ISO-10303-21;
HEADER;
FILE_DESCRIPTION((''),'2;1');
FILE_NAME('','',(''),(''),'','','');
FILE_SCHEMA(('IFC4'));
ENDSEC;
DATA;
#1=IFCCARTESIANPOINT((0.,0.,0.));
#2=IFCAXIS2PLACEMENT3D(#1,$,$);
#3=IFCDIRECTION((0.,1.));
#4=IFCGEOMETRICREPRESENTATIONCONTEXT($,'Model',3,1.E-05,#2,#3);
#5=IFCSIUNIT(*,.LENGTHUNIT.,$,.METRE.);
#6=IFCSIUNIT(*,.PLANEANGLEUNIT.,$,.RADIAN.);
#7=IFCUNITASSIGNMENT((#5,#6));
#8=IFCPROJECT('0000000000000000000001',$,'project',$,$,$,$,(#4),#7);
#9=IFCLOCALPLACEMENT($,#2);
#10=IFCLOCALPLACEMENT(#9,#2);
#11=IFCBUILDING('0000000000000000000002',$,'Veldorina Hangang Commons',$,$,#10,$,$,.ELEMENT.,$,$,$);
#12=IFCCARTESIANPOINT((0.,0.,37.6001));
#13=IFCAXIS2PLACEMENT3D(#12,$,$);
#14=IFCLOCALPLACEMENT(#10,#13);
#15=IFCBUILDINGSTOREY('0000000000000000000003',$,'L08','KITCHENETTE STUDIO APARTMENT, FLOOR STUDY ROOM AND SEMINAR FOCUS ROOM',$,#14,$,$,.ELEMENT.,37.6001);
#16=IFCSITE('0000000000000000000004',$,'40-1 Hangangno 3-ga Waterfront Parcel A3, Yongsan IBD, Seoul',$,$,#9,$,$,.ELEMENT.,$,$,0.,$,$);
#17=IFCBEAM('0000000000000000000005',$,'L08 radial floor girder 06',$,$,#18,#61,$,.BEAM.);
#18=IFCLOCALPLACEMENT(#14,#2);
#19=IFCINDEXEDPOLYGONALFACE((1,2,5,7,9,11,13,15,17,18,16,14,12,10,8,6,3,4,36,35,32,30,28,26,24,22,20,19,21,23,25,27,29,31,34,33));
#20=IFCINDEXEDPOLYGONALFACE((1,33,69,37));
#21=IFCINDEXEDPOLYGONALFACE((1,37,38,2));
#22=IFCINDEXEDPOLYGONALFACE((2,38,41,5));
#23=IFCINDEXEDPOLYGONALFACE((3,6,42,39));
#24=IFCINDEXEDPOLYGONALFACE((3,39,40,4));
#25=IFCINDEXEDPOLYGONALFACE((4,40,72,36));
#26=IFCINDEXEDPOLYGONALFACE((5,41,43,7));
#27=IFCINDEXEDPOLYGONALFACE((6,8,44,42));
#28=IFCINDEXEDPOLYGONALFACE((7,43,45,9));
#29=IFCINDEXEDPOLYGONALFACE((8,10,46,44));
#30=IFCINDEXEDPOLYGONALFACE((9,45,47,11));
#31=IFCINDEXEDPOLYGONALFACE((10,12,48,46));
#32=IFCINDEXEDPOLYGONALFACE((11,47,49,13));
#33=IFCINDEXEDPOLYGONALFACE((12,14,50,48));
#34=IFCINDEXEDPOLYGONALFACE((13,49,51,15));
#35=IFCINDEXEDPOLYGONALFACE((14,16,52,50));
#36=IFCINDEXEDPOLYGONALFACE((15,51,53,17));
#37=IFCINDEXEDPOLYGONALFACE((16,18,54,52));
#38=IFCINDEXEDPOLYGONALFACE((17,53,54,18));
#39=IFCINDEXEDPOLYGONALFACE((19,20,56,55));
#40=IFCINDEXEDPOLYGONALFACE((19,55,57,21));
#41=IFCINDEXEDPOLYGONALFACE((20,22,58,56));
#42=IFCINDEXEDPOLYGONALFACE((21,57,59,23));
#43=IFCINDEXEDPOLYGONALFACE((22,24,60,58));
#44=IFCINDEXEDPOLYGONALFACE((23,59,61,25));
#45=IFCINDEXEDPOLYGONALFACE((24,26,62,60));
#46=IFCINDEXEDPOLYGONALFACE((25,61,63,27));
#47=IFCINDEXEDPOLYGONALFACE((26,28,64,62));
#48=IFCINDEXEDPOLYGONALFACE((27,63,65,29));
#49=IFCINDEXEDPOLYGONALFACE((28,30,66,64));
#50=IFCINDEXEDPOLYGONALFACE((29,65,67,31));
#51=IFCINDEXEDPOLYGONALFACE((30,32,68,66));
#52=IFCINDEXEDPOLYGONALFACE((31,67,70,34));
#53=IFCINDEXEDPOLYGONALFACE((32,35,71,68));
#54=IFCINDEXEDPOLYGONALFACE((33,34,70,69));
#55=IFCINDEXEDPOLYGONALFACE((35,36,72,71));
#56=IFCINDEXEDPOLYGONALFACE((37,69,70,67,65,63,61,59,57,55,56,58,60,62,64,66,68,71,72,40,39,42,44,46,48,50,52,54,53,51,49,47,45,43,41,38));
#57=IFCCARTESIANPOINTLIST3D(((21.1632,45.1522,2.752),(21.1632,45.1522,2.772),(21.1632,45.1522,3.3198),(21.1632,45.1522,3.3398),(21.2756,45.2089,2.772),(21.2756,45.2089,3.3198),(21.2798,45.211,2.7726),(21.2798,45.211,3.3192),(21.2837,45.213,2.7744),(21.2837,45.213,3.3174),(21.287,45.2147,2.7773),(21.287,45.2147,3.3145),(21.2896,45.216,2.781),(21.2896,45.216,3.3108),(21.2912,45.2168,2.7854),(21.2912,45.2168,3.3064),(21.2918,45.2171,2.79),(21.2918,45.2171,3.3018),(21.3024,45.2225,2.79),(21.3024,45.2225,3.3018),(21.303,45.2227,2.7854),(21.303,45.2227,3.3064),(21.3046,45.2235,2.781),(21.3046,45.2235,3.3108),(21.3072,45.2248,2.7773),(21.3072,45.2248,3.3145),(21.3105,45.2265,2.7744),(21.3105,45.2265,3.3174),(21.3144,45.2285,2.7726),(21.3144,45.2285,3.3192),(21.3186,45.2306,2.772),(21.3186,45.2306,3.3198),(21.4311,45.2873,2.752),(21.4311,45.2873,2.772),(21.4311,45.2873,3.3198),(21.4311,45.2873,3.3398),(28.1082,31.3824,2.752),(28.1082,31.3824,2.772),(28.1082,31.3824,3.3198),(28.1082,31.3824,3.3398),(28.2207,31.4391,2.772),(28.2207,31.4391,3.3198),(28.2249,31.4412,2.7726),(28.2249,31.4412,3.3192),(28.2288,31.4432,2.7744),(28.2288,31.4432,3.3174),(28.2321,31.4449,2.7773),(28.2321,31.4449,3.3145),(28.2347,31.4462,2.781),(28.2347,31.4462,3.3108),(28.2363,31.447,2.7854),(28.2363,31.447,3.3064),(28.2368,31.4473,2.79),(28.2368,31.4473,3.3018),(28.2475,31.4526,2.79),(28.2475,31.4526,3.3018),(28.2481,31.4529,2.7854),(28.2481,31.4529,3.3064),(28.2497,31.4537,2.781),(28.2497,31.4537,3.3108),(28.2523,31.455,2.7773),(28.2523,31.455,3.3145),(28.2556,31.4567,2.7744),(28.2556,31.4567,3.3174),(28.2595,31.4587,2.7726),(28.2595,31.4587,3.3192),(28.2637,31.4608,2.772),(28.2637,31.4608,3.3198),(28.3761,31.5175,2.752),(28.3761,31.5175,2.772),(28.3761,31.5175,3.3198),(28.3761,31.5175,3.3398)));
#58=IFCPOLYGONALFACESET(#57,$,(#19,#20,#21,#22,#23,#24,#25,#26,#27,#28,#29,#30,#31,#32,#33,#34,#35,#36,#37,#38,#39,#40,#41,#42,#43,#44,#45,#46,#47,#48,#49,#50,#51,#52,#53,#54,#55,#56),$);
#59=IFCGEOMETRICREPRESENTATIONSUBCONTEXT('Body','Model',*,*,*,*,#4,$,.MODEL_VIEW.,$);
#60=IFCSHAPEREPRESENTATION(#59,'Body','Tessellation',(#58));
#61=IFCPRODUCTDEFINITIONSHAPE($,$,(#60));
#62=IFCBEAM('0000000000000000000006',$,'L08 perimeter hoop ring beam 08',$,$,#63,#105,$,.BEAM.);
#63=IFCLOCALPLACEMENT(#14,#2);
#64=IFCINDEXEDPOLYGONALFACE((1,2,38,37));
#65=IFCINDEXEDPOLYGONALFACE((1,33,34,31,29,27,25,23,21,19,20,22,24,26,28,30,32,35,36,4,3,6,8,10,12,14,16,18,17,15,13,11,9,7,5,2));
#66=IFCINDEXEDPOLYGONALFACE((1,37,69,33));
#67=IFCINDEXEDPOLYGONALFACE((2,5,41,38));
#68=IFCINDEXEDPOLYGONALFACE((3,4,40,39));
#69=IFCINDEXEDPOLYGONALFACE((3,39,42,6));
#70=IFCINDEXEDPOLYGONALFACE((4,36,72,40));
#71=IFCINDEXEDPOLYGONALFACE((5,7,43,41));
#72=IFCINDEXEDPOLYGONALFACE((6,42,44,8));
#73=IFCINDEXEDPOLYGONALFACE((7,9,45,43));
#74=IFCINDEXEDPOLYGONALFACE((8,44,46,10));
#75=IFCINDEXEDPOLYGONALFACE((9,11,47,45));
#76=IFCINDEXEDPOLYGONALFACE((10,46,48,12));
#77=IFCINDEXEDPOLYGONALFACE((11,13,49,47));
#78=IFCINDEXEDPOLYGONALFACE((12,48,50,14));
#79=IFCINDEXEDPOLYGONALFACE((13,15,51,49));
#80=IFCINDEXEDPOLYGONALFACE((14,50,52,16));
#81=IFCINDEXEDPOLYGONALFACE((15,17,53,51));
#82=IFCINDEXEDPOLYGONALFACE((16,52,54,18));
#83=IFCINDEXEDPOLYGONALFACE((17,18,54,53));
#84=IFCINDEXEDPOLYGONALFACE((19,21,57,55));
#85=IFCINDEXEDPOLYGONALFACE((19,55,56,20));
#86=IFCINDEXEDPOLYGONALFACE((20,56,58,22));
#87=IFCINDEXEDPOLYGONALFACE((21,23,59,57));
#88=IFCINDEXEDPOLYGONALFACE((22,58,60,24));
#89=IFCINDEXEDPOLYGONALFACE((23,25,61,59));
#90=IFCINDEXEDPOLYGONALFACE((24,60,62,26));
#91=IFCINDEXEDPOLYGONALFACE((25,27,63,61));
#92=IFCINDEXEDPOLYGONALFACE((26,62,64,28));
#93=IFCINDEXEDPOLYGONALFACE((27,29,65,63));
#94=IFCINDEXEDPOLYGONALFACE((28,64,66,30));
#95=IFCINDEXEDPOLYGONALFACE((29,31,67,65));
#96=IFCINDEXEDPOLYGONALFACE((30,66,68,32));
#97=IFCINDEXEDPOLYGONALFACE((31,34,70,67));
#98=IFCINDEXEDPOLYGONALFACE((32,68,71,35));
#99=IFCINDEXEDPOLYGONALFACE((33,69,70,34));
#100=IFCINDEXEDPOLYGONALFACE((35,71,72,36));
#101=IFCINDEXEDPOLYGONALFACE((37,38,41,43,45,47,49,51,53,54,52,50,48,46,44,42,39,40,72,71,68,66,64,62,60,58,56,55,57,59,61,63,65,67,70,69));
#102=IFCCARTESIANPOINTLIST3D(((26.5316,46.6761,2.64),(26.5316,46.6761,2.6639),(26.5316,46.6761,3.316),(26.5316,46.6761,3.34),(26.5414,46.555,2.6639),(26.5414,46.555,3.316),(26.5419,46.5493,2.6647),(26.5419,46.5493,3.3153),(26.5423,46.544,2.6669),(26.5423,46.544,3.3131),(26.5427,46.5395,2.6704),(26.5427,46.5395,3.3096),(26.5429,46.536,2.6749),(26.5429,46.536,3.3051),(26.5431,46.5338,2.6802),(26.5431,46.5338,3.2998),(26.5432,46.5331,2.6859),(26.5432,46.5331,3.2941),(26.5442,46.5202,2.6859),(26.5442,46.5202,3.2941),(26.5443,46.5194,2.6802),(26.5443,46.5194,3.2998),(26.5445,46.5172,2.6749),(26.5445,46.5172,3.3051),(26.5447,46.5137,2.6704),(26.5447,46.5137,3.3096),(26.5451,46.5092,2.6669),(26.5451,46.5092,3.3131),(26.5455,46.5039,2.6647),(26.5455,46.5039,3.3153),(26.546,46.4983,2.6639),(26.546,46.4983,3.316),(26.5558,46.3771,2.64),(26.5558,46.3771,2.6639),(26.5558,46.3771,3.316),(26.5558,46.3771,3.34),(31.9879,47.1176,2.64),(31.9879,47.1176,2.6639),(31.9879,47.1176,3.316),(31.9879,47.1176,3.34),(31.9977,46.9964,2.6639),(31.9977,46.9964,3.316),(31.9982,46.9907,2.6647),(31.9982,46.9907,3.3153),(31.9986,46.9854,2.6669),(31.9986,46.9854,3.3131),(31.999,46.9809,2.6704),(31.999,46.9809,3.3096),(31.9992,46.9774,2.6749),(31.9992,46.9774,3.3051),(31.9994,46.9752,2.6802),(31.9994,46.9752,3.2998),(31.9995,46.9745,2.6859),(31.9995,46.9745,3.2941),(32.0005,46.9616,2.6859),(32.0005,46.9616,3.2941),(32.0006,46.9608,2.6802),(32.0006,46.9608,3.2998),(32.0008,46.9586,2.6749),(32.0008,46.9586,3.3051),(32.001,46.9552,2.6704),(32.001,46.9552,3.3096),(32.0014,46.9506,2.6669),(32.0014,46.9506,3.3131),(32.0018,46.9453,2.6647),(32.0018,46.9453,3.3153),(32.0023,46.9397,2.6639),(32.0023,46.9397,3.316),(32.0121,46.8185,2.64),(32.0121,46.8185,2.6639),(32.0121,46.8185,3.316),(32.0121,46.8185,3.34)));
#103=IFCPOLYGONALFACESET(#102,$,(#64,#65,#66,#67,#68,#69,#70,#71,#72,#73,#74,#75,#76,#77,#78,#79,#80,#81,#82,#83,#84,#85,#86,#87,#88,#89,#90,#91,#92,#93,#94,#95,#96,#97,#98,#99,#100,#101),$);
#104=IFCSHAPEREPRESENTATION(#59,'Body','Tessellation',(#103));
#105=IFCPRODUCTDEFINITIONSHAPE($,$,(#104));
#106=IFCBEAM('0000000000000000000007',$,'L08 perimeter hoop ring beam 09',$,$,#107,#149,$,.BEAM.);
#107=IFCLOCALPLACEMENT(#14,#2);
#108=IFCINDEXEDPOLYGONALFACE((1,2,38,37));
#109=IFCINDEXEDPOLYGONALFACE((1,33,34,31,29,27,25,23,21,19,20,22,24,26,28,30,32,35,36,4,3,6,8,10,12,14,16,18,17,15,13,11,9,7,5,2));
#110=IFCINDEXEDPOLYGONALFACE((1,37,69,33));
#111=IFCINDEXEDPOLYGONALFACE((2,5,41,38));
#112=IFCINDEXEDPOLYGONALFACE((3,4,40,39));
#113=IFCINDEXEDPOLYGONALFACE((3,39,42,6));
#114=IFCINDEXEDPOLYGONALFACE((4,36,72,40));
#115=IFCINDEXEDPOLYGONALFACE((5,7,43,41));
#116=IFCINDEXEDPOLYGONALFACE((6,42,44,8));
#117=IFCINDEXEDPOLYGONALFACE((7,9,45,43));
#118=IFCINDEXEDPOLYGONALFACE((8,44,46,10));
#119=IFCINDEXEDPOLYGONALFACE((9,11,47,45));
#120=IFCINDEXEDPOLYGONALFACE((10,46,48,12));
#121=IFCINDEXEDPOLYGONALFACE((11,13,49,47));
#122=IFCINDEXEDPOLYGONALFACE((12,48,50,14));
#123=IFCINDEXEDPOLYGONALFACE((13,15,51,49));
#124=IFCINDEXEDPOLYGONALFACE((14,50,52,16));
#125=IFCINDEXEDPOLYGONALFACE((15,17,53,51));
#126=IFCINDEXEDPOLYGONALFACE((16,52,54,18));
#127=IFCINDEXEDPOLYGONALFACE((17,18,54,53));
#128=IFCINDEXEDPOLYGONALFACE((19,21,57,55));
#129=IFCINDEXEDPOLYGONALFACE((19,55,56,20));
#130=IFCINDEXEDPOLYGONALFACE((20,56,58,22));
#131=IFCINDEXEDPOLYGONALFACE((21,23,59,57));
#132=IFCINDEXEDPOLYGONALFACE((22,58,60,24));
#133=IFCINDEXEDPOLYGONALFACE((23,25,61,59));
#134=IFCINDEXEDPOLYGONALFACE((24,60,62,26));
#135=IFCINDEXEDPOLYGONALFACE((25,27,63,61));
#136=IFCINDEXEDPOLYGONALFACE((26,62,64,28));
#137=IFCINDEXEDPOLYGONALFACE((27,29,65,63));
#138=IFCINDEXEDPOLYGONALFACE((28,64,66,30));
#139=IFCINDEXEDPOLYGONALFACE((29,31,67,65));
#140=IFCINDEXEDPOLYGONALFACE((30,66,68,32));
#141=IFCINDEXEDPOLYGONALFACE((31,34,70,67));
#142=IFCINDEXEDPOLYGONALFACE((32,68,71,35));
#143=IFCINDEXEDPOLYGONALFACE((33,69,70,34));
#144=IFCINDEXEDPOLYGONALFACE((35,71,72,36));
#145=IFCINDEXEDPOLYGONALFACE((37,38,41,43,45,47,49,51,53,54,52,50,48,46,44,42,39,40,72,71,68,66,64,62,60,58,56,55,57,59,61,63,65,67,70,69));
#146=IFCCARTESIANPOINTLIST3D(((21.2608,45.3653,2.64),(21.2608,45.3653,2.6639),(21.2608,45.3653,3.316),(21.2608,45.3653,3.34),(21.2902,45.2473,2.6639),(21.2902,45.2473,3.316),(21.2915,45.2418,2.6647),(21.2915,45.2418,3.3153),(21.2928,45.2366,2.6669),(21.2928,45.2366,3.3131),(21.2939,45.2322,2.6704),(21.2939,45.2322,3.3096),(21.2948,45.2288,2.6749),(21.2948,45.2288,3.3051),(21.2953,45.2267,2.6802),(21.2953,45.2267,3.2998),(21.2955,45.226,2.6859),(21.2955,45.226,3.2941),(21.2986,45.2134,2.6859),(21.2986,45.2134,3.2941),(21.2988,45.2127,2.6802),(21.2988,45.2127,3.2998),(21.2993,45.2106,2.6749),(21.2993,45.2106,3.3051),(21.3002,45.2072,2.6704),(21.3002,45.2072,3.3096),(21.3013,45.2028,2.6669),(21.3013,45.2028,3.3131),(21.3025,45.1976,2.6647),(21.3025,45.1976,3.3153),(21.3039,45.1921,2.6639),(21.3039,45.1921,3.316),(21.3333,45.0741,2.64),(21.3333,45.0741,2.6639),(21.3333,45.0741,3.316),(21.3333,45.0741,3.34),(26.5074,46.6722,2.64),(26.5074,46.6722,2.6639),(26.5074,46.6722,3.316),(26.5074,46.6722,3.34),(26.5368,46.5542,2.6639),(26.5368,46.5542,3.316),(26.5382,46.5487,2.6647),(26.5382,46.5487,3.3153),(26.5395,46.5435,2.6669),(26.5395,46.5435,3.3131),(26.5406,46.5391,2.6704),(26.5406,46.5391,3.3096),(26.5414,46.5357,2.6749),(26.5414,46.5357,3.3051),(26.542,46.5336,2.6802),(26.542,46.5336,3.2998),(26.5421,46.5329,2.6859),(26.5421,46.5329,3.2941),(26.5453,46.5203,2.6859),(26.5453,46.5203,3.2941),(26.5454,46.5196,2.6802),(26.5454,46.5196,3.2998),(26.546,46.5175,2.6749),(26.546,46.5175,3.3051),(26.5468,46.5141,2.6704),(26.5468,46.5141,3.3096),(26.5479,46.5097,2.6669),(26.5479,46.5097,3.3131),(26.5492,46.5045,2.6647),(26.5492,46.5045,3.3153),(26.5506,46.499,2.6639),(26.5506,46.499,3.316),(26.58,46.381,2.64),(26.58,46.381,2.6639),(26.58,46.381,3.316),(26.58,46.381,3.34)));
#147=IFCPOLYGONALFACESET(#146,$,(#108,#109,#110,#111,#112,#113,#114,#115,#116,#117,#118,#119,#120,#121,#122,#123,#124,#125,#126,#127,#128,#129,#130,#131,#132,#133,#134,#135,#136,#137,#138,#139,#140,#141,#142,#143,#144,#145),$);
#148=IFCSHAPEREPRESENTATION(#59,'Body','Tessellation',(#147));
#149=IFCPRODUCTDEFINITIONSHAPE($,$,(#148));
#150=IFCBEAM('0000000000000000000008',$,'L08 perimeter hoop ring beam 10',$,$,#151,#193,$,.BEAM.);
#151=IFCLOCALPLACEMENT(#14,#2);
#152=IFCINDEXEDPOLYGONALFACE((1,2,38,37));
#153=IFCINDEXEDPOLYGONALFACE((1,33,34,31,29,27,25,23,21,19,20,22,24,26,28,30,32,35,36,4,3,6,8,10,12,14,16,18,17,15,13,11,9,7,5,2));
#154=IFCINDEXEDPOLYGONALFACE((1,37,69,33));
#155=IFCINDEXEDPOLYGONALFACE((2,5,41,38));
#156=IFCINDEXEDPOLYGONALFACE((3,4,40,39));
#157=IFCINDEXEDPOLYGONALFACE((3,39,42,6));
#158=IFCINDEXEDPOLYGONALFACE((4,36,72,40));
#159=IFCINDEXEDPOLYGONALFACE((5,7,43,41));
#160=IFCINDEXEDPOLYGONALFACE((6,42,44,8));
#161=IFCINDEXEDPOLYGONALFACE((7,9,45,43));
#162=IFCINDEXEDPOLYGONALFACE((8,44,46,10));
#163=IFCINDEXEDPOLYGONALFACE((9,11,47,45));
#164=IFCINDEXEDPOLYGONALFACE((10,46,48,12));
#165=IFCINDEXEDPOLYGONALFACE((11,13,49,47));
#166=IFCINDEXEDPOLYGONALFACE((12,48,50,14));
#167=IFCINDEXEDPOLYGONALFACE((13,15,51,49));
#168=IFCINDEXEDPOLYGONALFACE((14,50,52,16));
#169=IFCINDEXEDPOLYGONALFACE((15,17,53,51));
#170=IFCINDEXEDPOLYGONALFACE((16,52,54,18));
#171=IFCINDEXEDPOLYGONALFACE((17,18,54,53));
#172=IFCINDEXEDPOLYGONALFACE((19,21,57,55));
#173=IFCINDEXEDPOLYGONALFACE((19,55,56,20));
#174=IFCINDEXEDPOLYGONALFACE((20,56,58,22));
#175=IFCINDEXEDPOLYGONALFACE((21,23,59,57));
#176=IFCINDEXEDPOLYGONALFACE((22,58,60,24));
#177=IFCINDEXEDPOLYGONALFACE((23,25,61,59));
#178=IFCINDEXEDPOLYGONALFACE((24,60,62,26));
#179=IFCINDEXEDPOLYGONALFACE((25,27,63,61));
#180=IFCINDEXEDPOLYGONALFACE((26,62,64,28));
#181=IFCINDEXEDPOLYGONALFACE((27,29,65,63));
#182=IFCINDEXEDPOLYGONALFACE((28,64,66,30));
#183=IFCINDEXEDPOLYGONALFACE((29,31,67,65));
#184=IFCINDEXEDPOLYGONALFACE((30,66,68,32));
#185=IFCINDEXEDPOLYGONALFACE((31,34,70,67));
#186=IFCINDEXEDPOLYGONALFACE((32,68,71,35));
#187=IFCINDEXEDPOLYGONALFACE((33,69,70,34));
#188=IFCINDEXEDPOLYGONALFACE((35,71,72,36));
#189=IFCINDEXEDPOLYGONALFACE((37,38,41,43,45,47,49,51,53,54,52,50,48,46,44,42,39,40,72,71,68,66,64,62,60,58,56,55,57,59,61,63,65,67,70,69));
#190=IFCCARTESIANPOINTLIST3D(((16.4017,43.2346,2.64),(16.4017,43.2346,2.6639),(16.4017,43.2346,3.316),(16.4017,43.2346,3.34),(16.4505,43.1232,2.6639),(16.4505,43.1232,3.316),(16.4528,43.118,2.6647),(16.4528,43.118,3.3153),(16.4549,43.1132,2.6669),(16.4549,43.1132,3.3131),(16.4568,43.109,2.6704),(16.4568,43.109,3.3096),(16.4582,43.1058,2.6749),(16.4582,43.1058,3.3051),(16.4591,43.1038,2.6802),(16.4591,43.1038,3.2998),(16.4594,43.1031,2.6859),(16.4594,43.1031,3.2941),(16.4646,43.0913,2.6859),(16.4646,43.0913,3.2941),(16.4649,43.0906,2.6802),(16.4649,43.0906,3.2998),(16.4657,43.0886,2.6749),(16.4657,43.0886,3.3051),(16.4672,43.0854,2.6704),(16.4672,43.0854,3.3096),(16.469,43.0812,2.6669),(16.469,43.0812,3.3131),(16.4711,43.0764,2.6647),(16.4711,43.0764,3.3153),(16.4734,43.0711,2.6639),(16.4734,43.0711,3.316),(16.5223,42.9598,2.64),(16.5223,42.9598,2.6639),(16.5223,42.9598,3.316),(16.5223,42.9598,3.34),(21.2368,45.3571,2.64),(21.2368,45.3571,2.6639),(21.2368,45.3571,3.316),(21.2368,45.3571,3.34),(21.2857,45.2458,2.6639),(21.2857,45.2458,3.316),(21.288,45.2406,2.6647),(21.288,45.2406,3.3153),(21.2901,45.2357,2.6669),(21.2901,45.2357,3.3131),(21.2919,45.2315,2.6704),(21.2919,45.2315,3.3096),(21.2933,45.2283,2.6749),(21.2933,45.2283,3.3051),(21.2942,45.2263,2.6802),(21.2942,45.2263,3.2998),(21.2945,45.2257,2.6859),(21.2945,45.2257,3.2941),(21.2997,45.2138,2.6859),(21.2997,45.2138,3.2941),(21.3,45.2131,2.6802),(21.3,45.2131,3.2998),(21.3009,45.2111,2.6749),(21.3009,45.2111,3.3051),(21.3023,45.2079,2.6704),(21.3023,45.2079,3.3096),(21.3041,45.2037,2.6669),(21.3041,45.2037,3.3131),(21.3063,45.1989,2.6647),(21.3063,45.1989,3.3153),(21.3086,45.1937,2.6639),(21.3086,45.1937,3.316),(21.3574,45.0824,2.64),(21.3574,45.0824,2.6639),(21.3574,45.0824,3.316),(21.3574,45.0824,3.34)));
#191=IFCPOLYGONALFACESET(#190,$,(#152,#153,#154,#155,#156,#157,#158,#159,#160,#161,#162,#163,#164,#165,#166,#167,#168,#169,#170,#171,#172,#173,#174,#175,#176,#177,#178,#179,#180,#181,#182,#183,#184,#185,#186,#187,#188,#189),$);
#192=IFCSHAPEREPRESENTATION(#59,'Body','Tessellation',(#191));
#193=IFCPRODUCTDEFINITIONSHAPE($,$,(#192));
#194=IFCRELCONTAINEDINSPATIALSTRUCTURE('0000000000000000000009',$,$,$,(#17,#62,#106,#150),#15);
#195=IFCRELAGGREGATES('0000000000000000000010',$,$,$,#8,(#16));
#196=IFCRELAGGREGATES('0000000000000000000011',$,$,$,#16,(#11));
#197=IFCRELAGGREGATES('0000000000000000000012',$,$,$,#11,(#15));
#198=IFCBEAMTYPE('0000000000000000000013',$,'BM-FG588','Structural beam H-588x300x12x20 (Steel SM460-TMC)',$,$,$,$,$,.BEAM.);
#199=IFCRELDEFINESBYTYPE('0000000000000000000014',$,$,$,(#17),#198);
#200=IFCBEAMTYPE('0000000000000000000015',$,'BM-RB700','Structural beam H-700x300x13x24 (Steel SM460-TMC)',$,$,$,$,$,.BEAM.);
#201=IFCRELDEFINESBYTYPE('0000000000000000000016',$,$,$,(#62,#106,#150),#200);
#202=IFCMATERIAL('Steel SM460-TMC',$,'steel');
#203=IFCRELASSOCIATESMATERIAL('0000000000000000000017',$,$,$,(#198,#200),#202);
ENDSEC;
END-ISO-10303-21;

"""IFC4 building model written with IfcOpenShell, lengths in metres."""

from ifc_helpers import new_model, si_unit, direction, frame, origin, origin_2d, place, context, subcontext, project, spatial, i_section, extrude, material, material_profile, profile_set, type_object, element, save


model = new_model("IFC4")

# Units and contexts
model_context = context("Model", 3, precision=1e-05, world=origin(), true_north=direction((0.0, 1.0)))
body_context = subcontext(model_context, "Body", "Model", "MODEL_VIEW")
ifc_project = project(units=[si_unit("LENGTHUNIT", "METRE"), si_unit("PLANEANGLEUNIT", "RADIAN")], contexts=[model_context])

# Site, building, storey
site_placement = place(None, origin())
site = spatial("IfcSite", under=ifc_project, at=site_placement, Name="40-1 Hangangno 3-ga Waterfront Parcel A3, Yongsan IBD, Seoul", CompositionType="ELEMENT", RefElevation=0.0)
building_placement = place(site_placement, origin())
building = spatial("IfcBuilding", under=site, at=building_placement, Name="Veldorina Hangang Commons", CompositionType="ELEMENT")
storey_placement = place(building_placement, frame((0.0, 0.0, 37.6001)))
storey = spatial("IfcBuildingStorey", under=building, at=storey_placement, Name="L08", Description="KITCHENETTE STUDIO APARTMENT, FLOOR STUDY ROOM AND SEMINAR FOCUS ROOM", CompositionType="ELEMENT", Elevation=37.6001)

# Beams
ifc_material_1 = material(Name="Steel SM460-TMC", Category="steel")
ifc_material_profile_1 = material_profile(ifc_material_1, i_section(OverallWidth=0.3, OverallDepth=0.5879, WebThickness=0.012, FlangeThickness=0.02, FilletRadius=0.0181, at=origin_2d()), Name="H-588x300x12x20")
ifc_profile_set_1 = profile_set([ifc_material_profile_1], Name="Steel SM460-TMC")
beam_type_1 = type_object("IfcBeamType", Name="BM-FG588", Description="Structural beam H-588x300x12x20 (Steel SM460-TMC)", PredefinedType="BEAM", material=ifc_profile_set_1)
beam_1_placement = place(storey_placement, frame((28.2422, 31.45, 3.0459), z_axis=(-0.450333, 0.892861, 0.0), x_axis=(-0.892861, -0.450333, 0.0)))
element("IfcBeam", 1, at=beam_1_placement, inside=storey, type_object=beam_type_1, Name="L08 radial floor girder 06", PredefinedType="BEAM", context=body_context, shape_type="SweptSolid", body=[
    extrude(i_section(OverallWidth=0.3, OverallDepth=0.5879, WebThickness=0.012, FlangeThickness=0.02, FilletRadius=0.0181, at=origin_2d()), origin(), (0.0, 0.0, 1.0), 15.4221),
])
ifc_material_profile_2 = material_profile(ifc_material_1, i_section(OverallWidth=0.3, OverallDepth=0.7, WebThickness=0.0129, FlangeThickness=0.0239, FilletRadius=0.022, at=origin_2d()), Name="H-700x300x13x24")
ifc_profile_set_2 = profile_set([ifc_material_profile_2], Name="Steel SM460-TMC")
beam_type_2 = type_object("IfcBeamType", Name="BM-RB700", Description="Structural beam H-700x300x13x24 (Steel SM460-TMC)", PredefinedType="BEAM", material=ifc_profile_set_2)
beam_2_placement = place(storey_placement, frame((32.0, 46.968, 2.99), z_axis=(-0.996744, -0.080635, 0.0), x_axis=(0.080635, -0.996744, 0.0)))
element("IfcBeam", 2, at=beam_2_placement, inside=storey, type_object=beam_type_2, Name="L08 perimeter hoop ring beam 08", PredefinedType="BEAM", context=body_context, shape_type="SweptSolid", body=[
    extrude(i_section(OverallWidth=0.3, OverallDepth=0.7, WebThickness=0.0129, FlangeThickness=0.0239, FilletRadius=0.022, at=origin_2d()), origin(), (0.0, 0.0, 1.0), 5.4741),
])
beam_3_placement = place(storey_placement, frame((26.5437, 46.5266, 2.99), z_axis=(-0.970349, -0.241707, 0.0), x_axis=(0.241707, -0.970349, 0.0)))
element("IfcBeam", 3, at=beam_3_placement, inside=storey, type_object=beam_type_2, Name="L08 perimeter hoop ring beam 09", PredefinedType="BEAM", context=body_context, shape_type="SweptSolid", body=[
    extrude(i_section(OverallWidth=0.3, OverallDepth=0.7, WebThickness=0.0129, FlangeThickness=0.0239, FilletRadius=0.022, at=origin_2d()), origin(), (0.0, 0.0, 1.0), 5.407),
])
beam_4_placement = place(storey_placement, frame((21.2971, 45.2197, 2.99), z_axis=(-0.915659, -0.401956, 0.0), x_axis=(0.401956, -0.915659, 0.0)))
element("IfcBeam", 4, at=beam_4_placement, inside=storey, type_object=beam_type_2, Name="L08 perimeter hoop ring beam 10", PredefinedType="BEAM", context=body_context, shape_type="SweptSolid", body=[
    extrude(i_section(OverallWidth=0.3, OverallDepth=0.7, WebThickness=0.0129, FlangeThickness=0.0239, FilletRadius=0.022, at=origin_2d()), origin(), (0.0, 0.0, 1.0), 5.2805),
])

save(model, "model.ifc")
